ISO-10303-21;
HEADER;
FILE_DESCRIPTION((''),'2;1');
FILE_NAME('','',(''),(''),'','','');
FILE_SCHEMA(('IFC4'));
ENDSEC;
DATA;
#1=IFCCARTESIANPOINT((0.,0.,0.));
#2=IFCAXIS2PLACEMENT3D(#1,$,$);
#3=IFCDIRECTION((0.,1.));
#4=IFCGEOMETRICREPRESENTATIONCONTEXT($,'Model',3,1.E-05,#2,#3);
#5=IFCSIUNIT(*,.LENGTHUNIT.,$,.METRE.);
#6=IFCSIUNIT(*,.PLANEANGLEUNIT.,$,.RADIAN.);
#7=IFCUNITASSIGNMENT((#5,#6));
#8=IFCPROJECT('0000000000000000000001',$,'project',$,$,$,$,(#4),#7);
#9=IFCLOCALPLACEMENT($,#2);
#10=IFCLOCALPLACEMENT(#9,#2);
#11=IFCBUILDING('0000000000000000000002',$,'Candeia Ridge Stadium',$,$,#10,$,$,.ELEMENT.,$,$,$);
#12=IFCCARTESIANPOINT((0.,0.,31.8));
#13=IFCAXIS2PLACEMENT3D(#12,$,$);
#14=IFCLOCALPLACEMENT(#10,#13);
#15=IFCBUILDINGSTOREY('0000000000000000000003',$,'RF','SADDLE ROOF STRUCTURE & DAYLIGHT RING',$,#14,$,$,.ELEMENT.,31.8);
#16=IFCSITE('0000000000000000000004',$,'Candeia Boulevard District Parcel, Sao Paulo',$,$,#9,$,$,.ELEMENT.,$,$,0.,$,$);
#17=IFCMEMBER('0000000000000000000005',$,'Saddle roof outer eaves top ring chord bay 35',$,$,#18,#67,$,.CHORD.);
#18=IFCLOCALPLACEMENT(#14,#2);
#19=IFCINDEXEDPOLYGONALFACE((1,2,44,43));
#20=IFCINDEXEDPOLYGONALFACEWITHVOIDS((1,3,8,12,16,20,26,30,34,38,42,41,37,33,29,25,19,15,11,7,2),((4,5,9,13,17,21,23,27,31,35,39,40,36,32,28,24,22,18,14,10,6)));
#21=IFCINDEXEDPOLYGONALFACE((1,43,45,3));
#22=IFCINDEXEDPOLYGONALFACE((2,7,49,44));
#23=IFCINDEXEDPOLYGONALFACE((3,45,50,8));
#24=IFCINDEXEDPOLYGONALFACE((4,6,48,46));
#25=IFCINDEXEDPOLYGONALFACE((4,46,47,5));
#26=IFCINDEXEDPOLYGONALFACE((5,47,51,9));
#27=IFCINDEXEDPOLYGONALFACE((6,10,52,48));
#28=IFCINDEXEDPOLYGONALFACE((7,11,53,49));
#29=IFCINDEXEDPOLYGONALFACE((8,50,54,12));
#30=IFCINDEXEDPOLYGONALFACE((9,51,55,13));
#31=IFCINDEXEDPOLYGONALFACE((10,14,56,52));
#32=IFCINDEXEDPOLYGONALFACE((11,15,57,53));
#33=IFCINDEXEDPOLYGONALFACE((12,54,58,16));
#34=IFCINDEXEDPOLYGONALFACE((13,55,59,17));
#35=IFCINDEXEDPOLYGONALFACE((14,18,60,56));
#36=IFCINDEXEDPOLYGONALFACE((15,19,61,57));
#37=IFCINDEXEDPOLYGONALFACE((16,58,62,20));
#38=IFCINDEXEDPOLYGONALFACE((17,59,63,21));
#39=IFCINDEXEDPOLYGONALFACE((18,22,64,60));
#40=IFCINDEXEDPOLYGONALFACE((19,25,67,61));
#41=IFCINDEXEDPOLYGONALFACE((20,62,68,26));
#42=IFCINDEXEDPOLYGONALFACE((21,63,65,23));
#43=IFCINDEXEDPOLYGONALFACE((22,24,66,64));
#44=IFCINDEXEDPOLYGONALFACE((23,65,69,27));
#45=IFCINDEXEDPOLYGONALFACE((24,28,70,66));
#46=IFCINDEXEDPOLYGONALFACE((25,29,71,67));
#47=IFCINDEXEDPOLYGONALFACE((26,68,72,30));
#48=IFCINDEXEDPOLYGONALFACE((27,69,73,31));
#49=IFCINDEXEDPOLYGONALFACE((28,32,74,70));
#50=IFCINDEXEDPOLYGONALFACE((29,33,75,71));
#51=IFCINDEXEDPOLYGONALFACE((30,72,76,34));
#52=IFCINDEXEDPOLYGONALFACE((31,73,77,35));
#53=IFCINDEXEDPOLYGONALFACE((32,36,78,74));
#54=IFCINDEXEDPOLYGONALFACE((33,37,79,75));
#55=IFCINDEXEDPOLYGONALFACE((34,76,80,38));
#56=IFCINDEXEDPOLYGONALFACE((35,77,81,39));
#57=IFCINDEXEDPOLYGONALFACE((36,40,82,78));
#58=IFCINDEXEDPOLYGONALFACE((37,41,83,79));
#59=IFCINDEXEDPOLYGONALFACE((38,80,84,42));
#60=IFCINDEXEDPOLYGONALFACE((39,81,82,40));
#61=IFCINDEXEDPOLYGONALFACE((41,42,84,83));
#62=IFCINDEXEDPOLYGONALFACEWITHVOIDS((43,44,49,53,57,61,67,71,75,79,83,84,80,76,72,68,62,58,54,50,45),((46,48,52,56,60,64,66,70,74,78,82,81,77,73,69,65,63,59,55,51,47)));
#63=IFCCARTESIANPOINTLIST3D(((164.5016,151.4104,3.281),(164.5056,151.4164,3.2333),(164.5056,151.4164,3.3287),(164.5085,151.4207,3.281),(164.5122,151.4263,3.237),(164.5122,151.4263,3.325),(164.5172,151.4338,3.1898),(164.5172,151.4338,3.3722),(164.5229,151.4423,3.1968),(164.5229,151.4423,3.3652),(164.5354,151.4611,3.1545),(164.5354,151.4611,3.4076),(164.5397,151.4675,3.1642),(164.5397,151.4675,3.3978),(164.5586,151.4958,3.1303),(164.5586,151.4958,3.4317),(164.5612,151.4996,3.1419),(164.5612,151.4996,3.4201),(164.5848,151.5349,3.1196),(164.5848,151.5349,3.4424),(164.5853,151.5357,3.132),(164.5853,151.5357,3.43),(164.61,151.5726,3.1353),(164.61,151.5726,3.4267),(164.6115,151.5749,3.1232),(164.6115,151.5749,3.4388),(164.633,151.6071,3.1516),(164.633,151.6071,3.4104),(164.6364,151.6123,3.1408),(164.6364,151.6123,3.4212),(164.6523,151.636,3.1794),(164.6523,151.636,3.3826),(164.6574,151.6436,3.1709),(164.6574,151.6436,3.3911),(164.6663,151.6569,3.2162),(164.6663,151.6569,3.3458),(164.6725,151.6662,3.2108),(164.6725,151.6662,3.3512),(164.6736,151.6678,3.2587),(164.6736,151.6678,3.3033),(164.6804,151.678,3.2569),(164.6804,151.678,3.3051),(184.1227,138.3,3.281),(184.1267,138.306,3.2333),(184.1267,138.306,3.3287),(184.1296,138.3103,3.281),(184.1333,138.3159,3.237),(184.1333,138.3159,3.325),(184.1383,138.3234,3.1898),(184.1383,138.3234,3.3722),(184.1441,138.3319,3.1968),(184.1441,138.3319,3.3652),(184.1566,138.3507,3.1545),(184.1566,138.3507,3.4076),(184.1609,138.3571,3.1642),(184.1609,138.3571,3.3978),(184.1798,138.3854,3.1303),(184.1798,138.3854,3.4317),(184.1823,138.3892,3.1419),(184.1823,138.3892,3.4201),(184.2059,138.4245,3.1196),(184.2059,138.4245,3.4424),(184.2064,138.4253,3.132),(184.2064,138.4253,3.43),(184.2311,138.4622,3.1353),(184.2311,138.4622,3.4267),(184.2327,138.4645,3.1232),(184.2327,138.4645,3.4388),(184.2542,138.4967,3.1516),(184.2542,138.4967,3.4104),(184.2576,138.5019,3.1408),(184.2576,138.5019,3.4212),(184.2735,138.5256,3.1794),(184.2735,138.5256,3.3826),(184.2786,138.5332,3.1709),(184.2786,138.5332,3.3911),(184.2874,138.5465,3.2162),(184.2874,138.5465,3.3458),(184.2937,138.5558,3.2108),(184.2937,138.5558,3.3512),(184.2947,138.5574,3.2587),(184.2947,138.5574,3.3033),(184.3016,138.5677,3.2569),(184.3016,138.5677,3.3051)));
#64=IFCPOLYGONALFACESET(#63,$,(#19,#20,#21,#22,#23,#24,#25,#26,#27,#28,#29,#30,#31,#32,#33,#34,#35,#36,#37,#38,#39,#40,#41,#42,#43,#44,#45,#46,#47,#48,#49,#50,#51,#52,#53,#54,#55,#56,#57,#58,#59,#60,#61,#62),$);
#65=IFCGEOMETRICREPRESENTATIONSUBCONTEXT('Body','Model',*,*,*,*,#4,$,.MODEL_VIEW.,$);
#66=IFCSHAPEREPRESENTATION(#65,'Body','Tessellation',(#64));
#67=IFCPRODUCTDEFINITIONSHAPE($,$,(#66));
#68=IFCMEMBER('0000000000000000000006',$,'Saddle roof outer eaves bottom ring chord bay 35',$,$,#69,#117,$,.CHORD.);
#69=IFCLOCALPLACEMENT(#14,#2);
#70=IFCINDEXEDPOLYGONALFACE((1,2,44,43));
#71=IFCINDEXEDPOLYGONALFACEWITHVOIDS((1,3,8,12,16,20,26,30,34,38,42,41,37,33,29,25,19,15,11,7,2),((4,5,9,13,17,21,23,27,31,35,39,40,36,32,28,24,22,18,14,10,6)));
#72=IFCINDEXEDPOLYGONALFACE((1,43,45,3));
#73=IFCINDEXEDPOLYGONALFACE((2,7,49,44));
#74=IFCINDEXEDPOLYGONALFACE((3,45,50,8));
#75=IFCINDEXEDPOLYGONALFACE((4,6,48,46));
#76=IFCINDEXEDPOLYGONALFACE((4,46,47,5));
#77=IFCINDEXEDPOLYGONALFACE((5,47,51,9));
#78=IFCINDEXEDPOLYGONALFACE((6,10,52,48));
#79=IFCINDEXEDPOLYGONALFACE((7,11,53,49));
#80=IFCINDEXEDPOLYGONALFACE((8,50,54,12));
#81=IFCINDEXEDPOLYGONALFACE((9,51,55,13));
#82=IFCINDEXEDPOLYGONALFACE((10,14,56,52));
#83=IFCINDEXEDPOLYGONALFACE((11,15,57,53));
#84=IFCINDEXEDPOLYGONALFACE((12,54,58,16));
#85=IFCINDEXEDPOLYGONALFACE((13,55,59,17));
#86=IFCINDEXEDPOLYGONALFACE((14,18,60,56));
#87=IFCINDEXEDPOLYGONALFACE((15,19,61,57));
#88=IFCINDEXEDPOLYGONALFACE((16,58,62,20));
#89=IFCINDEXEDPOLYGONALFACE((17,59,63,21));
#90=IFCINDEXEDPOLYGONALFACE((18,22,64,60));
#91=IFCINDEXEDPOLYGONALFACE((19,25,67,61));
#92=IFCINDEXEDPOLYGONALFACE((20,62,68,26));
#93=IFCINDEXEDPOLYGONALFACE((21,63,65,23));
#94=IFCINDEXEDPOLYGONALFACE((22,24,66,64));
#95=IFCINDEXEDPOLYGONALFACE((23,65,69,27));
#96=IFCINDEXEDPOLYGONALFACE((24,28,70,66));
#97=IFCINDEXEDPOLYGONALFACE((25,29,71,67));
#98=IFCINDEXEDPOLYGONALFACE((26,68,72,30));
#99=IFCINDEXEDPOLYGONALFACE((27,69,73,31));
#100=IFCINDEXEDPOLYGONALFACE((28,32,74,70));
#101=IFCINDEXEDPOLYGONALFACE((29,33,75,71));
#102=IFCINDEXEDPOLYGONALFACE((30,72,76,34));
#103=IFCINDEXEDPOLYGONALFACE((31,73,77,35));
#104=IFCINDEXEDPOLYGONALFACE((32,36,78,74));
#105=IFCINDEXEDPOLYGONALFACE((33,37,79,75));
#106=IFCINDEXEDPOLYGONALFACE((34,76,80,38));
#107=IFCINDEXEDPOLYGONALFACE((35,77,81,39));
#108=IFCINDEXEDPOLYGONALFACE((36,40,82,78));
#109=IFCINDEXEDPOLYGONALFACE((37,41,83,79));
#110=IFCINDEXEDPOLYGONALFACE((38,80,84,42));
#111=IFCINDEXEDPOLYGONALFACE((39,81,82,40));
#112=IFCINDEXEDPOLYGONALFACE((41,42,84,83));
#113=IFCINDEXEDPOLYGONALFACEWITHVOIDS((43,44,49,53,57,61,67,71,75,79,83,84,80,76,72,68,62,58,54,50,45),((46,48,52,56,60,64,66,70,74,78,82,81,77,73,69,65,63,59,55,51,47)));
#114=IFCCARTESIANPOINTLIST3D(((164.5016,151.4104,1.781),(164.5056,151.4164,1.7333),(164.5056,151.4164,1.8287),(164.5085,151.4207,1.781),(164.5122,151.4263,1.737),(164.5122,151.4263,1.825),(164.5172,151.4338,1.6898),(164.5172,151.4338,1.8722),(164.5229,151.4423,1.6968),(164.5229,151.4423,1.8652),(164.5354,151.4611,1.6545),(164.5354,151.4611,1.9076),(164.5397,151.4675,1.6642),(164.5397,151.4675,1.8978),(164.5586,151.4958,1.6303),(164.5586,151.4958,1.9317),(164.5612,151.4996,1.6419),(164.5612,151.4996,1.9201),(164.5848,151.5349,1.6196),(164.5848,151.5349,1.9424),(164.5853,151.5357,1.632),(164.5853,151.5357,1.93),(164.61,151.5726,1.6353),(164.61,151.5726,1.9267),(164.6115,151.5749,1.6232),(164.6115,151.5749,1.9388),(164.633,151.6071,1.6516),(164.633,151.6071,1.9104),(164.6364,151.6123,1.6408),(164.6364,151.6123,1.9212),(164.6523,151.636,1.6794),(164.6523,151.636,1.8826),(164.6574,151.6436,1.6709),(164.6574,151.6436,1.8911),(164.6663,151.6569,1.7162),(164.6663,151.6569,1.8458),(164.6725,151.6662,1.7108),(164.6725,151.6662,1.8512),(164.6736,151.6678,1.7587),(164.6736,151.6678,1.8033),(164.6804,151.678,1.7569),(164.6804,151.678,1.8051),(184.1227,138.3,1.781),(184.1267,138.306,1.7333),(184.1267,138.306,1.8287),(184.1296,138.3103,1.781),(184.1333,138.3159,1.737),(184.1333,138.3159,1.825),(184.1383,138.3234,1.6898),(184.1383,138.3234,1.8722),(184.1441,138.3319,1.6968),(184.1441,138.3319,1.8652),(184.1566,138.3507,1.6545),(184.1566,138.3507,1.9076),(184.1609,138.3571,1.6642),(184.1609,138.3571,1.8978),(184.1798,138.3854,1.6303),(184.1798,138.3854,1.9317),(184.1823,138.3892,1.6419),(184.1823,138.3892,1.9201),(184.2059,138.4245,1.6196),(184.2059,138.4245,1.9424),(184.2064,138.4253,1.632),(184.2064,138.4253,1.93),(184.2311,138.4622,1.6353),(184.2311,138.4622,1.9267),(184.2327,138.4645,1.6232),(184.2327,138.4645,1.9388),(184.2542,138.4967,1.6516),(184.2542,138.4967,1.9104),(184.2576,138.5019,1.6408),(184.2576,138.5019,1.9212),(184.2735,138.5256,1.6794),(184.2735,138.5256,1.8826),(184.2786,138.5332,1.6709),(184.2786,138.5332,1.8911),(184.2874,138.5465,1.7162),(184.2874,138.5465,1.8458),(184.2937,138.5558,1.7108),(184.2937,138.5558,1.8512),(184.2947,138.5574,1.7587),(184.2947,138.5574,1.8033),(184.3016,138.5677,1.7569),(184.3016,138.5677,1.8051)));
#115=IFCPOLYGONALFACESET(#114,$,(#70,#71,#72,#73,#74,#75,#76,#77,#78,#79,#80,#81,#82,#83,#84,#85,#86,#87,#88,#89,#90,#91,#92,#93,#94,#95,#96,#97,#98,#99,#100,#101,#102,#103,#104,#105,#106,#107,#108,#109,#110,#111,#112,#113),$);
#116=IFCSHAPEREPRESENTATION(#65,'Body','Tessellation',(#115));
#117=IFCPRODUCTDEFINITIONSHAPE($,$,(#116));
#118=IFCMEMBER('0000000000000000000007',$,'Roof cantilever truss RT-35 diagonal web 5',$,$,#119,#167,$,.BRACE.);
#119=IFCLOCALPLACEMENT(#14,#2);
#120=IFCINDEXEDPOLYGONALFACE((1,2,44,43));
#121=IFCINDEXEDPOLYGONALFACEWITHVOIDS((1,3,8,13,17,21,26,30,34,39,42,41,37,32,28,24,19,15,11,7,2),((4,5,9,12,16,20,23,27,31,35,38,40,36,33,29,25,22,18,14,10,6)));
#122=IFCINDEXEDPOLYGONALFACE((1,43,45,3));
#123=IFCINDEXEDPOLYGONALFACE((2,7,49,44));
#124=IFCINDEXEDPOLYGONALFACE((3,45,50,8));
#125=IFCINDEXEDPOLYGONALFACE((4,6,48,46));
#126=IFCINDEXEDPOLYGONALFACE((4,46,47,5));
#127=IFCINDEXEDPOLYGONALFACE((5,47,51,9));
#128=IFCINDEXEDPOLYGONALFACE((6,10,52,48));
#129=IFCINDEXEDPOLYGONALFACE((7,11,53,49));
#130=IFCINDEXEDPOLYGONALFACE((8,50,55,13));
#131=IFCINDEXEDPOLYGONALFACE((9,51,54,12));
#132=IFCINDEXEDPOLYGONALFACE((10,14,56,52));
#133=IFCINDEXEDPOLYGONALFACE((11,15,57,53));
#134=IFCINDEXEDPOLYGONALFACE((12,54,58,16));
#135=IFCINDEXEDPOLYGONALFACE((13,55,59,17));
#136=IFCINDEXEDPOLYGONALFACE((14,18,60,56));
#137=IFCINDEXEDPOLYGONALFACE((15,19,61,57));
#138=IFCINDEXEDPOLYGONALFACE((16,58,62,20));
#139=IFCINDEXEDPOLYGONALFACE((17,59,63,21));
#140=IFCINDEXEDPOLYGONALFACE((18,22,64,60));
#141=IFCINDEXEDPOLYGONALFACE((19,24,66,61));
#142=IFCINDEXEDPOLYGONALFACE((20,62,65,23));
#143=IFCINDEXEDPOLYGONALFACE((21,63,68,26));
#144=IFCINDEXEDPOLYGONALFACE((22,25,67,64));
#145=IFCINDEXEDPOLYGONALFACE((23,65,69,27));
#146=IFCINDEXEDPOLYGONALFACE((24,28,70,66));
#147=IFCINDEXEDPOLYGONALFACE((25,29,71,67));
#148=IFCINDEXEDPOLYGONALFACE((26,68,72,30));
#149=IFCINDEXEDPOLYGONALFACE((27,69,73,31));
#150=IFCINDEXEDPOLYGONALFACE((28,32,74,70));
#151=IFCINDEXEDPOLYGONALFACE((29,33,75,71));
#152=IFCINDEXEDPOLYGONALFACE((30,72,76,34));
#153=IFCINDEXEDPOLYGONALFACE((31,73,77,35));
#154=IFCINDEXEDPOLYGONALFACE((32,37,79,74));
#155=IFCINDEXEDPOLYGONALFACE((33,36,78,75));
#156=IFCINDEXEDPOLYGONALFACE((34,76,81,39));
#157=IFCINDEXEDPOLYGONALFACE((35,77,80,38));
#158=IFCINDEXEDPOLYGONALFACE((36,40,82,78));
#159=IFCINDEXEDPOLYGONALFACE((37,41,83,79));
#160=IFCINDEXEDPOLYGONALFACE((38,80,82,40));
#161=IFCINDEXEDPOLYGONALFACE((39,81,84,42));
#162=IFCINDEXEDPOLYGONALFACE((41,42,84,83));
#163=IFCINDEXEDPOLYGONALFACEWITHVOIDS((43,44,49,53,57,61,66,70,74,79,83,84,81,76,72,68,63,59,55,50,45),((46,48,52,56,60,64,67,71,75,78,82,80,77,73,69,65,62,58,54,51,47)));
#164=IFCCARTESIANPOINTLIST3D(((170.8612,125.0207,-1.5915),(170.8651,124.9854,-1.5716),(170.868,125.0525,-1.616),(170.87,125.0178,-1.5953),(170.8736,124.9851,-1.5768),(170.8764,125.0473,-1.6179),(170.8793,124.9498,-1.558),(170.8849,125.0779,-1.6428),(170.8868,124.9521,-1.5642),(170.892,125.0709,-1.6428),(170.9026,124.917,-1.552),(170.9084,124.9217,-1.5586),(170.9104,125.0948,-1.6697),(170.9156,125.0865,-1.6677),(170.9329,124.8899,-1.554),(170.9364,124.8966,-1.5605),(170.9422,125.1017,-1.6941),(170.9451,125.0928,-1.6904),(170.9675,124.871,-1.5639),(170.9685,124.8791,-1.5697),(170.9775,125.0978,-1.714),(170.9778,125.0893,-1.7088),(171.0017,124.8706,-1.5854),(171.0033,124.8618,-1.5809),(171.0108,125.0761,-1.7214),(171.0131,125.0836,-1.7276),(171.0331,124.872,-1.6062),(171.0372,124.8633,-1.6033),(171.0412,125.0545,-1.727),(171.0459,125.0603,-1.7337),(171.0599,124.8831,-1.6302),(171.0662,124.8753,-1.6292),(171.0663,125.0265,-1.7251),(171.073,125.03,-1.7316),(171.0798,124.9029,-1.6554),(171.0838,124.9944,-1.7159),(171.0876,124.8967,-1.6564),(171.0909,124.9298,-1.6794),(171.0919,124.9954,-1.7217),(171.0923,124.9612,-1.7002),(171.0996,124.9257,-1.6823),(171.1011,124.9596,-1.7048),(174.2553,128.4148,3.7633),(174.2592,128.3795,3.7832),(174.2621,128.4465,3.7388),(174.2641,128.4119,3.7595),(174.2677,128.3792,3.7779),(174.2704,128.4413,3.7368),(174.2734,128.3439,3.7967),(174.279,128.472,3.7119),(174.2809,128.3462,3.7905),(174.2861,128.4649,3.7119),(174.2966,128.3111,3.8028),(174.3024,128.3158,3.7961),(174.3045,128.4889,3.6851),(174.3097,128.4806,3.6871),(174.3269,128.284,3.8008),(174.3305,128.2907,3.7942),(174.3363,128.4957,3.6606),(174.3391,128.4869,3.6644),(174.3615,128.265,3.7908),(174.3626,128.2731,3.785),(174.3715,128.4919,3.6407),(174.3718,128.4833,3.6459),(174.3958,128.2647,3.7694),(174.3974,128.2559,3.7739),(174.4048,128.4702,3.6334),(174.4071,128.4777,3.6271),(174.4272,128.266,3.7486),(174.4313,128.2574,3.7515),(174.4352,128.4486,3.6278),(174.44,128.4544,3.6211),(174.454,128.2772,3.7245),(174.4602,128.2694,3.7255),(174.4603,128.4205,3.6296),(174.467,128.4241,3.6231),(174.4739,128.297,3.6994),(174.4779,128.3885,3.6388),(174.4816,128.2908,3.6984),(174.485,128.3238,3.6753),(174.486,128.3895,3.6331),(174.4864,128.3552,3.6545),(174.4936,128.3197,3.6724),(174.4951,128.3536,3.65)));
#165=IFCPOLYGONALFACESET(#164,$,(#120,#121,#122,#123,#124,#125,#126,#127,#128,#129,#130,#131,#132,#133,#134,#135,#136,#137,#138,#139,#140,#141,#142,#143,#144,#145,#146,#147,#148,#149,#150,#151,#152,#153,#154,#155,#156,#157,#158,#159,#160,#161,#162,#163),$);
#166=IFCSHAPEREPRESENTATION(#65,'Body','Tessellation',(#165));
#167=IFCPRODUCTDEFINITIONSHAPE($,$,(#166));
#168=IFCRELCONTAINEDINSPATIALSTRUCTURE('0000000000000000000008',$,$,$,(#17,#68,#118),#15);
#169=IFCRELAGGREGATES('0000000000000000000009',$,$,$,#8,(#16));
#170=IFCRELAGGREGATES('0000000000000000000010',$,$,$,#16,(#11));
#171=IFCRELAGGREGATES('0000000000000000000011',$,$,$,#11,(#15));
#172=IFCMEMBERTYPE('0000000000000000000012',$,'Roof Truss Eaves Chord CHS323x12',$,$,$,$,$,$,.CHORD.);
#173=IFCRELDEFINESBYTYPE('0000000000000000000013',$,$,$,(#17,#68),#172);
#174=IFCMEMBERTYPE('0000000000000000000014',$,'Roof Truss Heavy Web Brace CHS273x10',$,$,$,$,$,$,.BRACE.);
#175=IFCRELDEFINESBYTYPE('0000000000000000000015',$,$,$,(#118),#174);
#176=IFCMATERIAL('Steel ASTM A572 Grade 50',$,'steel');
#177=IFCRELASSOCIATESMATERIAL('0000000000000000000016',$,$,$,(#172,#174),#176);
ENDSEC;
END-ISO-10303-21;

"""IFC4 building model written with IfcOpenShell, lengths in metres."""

from ifc_helpers import new_model, si_unit, direction, frame, origin, origin_2d, place, context, subcontext, project, spatial, hollow_circle, extrude, material, material_profile, profile_set, type_object, element, save


model = new_model("IFC4")

# Units and contexts
model_context = context("Model", 3, precision=1e-05, world=origin(), true_north=direction((0.0, 1.0)))
body_context = subcontext(model_context, "Body", "Model", "MODEL_VIEW")
ifc_project = project(units=[si_unit("LENGTHUNIT", "METRE"), si_unit("PLANEANGLEUNIT", "RADIAN")], contexts=[model_context])

# Site, building, storey
site_placement = place(None, origin())
site = spatial("IfcSite", under=ifc_project, at=site_placement, Name="Candeia Boulevard District Parcel, Sao Paulo", CompositionType="ELEMENT", RefElevation=0.0)
building_placement = place(site_placement, origin())
building = spatial("IfcBuilding", under=site, at=building_placement, Name="Candeia Ridge Stadium", CompositionType="ELEMENT")
storey_placement = place(building_placement, frame((0.0, 0.0, 31.8)))
storey = spatial("IfcBuildingStorey", under=building, at=storey_placement, Name="RF", Description="SADDLE ROOF STRUCTURE & DAYLIGHT RING", CompositionType="ELEMENT", Elevation=31.8)

# Shared definitions
ifc_material_1 = material(Name="Steel ASTM A572 Grade 50", Category="steel")

# Members
ifc_material_profile_1 = material_profile(ifc_material_1, hollow_circle(Radius=0.1619, WallThickness=0.0125, at=origin_2d()), Name="CHS323x12", Category="steel")
ifc_profile_set_1 = profile_set([ifc_material_profile_1], Name="Steel ASTM A572 Grade 50")
member_type_1 = type_object("IfcMemberType", Name="Roof Truss Eaves Chord CHS323x12", PredefinedType="CHORD", material=ifc_profile_set_1)
for number, where, z_axis, x_axis, name in (
    (1, (184.2126, 138.4346, 3.281), (-0.83147, 0.555569, 0.0), (-0.555569, -0.83147, 0.0), "Saddle roof outer eaves top ring chord bay 35"),
    (2, (184.2126, 138.4346, 1.781), (-0.83147, 0.555569, 0.0), (-0.555569, -0.83147, 0.0), "Saddle roof outer eaves bottom ring chord bay 35"),
):
    element("IfcMember", number, at=place(storey_placement, frame(where, z_axis=z_axis, x_axis=x_axis)), inside=storey, type_object=member_type_1, Name=name, PredefinedType="CHORD", context=body_context, shape_type="SweptSolid", body=[
        extrude(hollow_circle(Radius=0.1619, WallThickness=0.0125, at=origin_2d()), origin(), (0.0, 0.0, 1.0), 23.5981),
    ])
ifc_material_profile_2 = material_profile(ifc_material_1, hollow_circle(Radius=0.1365, WallThickness=0.01, at=origin_2d()), Name="CHS273x10", Category="steel")
ifc_profile_set_2 = profile_set([ifc_material_profile_2], Name="Steel ASTM A572 Grade 50")
member_type_2 = type_object("IfcMemberType", Name="Roof Truss Heavy Web Brace CHS273x10", PredefinedType="BRACE", material=ifc_profile_set_2)
member_1_placement = place(storey_placement, frame((170.9814, 124.9814, -1.6428), z_axis=(0.471977, 0.471977, 0.744631), x_axis=(-0.707107, 0.707107, 0.0)))
element("IfcMember", 3, at=member_1_placement, inside=storey, type_object=member_type_2, Name="Roof cantilever truss RT-35 diagonal web 5", PredefinedType="BRACE", context=body_context, shape_type="SweptSolid", body=[
    extrude(hollow_circle(Radius=0.1365, WallThickness=0.01, at=origin_2d()), origin(), (0.0, 0.0, 1.0), 7.1912),
])

save(model, "model.ifc")
